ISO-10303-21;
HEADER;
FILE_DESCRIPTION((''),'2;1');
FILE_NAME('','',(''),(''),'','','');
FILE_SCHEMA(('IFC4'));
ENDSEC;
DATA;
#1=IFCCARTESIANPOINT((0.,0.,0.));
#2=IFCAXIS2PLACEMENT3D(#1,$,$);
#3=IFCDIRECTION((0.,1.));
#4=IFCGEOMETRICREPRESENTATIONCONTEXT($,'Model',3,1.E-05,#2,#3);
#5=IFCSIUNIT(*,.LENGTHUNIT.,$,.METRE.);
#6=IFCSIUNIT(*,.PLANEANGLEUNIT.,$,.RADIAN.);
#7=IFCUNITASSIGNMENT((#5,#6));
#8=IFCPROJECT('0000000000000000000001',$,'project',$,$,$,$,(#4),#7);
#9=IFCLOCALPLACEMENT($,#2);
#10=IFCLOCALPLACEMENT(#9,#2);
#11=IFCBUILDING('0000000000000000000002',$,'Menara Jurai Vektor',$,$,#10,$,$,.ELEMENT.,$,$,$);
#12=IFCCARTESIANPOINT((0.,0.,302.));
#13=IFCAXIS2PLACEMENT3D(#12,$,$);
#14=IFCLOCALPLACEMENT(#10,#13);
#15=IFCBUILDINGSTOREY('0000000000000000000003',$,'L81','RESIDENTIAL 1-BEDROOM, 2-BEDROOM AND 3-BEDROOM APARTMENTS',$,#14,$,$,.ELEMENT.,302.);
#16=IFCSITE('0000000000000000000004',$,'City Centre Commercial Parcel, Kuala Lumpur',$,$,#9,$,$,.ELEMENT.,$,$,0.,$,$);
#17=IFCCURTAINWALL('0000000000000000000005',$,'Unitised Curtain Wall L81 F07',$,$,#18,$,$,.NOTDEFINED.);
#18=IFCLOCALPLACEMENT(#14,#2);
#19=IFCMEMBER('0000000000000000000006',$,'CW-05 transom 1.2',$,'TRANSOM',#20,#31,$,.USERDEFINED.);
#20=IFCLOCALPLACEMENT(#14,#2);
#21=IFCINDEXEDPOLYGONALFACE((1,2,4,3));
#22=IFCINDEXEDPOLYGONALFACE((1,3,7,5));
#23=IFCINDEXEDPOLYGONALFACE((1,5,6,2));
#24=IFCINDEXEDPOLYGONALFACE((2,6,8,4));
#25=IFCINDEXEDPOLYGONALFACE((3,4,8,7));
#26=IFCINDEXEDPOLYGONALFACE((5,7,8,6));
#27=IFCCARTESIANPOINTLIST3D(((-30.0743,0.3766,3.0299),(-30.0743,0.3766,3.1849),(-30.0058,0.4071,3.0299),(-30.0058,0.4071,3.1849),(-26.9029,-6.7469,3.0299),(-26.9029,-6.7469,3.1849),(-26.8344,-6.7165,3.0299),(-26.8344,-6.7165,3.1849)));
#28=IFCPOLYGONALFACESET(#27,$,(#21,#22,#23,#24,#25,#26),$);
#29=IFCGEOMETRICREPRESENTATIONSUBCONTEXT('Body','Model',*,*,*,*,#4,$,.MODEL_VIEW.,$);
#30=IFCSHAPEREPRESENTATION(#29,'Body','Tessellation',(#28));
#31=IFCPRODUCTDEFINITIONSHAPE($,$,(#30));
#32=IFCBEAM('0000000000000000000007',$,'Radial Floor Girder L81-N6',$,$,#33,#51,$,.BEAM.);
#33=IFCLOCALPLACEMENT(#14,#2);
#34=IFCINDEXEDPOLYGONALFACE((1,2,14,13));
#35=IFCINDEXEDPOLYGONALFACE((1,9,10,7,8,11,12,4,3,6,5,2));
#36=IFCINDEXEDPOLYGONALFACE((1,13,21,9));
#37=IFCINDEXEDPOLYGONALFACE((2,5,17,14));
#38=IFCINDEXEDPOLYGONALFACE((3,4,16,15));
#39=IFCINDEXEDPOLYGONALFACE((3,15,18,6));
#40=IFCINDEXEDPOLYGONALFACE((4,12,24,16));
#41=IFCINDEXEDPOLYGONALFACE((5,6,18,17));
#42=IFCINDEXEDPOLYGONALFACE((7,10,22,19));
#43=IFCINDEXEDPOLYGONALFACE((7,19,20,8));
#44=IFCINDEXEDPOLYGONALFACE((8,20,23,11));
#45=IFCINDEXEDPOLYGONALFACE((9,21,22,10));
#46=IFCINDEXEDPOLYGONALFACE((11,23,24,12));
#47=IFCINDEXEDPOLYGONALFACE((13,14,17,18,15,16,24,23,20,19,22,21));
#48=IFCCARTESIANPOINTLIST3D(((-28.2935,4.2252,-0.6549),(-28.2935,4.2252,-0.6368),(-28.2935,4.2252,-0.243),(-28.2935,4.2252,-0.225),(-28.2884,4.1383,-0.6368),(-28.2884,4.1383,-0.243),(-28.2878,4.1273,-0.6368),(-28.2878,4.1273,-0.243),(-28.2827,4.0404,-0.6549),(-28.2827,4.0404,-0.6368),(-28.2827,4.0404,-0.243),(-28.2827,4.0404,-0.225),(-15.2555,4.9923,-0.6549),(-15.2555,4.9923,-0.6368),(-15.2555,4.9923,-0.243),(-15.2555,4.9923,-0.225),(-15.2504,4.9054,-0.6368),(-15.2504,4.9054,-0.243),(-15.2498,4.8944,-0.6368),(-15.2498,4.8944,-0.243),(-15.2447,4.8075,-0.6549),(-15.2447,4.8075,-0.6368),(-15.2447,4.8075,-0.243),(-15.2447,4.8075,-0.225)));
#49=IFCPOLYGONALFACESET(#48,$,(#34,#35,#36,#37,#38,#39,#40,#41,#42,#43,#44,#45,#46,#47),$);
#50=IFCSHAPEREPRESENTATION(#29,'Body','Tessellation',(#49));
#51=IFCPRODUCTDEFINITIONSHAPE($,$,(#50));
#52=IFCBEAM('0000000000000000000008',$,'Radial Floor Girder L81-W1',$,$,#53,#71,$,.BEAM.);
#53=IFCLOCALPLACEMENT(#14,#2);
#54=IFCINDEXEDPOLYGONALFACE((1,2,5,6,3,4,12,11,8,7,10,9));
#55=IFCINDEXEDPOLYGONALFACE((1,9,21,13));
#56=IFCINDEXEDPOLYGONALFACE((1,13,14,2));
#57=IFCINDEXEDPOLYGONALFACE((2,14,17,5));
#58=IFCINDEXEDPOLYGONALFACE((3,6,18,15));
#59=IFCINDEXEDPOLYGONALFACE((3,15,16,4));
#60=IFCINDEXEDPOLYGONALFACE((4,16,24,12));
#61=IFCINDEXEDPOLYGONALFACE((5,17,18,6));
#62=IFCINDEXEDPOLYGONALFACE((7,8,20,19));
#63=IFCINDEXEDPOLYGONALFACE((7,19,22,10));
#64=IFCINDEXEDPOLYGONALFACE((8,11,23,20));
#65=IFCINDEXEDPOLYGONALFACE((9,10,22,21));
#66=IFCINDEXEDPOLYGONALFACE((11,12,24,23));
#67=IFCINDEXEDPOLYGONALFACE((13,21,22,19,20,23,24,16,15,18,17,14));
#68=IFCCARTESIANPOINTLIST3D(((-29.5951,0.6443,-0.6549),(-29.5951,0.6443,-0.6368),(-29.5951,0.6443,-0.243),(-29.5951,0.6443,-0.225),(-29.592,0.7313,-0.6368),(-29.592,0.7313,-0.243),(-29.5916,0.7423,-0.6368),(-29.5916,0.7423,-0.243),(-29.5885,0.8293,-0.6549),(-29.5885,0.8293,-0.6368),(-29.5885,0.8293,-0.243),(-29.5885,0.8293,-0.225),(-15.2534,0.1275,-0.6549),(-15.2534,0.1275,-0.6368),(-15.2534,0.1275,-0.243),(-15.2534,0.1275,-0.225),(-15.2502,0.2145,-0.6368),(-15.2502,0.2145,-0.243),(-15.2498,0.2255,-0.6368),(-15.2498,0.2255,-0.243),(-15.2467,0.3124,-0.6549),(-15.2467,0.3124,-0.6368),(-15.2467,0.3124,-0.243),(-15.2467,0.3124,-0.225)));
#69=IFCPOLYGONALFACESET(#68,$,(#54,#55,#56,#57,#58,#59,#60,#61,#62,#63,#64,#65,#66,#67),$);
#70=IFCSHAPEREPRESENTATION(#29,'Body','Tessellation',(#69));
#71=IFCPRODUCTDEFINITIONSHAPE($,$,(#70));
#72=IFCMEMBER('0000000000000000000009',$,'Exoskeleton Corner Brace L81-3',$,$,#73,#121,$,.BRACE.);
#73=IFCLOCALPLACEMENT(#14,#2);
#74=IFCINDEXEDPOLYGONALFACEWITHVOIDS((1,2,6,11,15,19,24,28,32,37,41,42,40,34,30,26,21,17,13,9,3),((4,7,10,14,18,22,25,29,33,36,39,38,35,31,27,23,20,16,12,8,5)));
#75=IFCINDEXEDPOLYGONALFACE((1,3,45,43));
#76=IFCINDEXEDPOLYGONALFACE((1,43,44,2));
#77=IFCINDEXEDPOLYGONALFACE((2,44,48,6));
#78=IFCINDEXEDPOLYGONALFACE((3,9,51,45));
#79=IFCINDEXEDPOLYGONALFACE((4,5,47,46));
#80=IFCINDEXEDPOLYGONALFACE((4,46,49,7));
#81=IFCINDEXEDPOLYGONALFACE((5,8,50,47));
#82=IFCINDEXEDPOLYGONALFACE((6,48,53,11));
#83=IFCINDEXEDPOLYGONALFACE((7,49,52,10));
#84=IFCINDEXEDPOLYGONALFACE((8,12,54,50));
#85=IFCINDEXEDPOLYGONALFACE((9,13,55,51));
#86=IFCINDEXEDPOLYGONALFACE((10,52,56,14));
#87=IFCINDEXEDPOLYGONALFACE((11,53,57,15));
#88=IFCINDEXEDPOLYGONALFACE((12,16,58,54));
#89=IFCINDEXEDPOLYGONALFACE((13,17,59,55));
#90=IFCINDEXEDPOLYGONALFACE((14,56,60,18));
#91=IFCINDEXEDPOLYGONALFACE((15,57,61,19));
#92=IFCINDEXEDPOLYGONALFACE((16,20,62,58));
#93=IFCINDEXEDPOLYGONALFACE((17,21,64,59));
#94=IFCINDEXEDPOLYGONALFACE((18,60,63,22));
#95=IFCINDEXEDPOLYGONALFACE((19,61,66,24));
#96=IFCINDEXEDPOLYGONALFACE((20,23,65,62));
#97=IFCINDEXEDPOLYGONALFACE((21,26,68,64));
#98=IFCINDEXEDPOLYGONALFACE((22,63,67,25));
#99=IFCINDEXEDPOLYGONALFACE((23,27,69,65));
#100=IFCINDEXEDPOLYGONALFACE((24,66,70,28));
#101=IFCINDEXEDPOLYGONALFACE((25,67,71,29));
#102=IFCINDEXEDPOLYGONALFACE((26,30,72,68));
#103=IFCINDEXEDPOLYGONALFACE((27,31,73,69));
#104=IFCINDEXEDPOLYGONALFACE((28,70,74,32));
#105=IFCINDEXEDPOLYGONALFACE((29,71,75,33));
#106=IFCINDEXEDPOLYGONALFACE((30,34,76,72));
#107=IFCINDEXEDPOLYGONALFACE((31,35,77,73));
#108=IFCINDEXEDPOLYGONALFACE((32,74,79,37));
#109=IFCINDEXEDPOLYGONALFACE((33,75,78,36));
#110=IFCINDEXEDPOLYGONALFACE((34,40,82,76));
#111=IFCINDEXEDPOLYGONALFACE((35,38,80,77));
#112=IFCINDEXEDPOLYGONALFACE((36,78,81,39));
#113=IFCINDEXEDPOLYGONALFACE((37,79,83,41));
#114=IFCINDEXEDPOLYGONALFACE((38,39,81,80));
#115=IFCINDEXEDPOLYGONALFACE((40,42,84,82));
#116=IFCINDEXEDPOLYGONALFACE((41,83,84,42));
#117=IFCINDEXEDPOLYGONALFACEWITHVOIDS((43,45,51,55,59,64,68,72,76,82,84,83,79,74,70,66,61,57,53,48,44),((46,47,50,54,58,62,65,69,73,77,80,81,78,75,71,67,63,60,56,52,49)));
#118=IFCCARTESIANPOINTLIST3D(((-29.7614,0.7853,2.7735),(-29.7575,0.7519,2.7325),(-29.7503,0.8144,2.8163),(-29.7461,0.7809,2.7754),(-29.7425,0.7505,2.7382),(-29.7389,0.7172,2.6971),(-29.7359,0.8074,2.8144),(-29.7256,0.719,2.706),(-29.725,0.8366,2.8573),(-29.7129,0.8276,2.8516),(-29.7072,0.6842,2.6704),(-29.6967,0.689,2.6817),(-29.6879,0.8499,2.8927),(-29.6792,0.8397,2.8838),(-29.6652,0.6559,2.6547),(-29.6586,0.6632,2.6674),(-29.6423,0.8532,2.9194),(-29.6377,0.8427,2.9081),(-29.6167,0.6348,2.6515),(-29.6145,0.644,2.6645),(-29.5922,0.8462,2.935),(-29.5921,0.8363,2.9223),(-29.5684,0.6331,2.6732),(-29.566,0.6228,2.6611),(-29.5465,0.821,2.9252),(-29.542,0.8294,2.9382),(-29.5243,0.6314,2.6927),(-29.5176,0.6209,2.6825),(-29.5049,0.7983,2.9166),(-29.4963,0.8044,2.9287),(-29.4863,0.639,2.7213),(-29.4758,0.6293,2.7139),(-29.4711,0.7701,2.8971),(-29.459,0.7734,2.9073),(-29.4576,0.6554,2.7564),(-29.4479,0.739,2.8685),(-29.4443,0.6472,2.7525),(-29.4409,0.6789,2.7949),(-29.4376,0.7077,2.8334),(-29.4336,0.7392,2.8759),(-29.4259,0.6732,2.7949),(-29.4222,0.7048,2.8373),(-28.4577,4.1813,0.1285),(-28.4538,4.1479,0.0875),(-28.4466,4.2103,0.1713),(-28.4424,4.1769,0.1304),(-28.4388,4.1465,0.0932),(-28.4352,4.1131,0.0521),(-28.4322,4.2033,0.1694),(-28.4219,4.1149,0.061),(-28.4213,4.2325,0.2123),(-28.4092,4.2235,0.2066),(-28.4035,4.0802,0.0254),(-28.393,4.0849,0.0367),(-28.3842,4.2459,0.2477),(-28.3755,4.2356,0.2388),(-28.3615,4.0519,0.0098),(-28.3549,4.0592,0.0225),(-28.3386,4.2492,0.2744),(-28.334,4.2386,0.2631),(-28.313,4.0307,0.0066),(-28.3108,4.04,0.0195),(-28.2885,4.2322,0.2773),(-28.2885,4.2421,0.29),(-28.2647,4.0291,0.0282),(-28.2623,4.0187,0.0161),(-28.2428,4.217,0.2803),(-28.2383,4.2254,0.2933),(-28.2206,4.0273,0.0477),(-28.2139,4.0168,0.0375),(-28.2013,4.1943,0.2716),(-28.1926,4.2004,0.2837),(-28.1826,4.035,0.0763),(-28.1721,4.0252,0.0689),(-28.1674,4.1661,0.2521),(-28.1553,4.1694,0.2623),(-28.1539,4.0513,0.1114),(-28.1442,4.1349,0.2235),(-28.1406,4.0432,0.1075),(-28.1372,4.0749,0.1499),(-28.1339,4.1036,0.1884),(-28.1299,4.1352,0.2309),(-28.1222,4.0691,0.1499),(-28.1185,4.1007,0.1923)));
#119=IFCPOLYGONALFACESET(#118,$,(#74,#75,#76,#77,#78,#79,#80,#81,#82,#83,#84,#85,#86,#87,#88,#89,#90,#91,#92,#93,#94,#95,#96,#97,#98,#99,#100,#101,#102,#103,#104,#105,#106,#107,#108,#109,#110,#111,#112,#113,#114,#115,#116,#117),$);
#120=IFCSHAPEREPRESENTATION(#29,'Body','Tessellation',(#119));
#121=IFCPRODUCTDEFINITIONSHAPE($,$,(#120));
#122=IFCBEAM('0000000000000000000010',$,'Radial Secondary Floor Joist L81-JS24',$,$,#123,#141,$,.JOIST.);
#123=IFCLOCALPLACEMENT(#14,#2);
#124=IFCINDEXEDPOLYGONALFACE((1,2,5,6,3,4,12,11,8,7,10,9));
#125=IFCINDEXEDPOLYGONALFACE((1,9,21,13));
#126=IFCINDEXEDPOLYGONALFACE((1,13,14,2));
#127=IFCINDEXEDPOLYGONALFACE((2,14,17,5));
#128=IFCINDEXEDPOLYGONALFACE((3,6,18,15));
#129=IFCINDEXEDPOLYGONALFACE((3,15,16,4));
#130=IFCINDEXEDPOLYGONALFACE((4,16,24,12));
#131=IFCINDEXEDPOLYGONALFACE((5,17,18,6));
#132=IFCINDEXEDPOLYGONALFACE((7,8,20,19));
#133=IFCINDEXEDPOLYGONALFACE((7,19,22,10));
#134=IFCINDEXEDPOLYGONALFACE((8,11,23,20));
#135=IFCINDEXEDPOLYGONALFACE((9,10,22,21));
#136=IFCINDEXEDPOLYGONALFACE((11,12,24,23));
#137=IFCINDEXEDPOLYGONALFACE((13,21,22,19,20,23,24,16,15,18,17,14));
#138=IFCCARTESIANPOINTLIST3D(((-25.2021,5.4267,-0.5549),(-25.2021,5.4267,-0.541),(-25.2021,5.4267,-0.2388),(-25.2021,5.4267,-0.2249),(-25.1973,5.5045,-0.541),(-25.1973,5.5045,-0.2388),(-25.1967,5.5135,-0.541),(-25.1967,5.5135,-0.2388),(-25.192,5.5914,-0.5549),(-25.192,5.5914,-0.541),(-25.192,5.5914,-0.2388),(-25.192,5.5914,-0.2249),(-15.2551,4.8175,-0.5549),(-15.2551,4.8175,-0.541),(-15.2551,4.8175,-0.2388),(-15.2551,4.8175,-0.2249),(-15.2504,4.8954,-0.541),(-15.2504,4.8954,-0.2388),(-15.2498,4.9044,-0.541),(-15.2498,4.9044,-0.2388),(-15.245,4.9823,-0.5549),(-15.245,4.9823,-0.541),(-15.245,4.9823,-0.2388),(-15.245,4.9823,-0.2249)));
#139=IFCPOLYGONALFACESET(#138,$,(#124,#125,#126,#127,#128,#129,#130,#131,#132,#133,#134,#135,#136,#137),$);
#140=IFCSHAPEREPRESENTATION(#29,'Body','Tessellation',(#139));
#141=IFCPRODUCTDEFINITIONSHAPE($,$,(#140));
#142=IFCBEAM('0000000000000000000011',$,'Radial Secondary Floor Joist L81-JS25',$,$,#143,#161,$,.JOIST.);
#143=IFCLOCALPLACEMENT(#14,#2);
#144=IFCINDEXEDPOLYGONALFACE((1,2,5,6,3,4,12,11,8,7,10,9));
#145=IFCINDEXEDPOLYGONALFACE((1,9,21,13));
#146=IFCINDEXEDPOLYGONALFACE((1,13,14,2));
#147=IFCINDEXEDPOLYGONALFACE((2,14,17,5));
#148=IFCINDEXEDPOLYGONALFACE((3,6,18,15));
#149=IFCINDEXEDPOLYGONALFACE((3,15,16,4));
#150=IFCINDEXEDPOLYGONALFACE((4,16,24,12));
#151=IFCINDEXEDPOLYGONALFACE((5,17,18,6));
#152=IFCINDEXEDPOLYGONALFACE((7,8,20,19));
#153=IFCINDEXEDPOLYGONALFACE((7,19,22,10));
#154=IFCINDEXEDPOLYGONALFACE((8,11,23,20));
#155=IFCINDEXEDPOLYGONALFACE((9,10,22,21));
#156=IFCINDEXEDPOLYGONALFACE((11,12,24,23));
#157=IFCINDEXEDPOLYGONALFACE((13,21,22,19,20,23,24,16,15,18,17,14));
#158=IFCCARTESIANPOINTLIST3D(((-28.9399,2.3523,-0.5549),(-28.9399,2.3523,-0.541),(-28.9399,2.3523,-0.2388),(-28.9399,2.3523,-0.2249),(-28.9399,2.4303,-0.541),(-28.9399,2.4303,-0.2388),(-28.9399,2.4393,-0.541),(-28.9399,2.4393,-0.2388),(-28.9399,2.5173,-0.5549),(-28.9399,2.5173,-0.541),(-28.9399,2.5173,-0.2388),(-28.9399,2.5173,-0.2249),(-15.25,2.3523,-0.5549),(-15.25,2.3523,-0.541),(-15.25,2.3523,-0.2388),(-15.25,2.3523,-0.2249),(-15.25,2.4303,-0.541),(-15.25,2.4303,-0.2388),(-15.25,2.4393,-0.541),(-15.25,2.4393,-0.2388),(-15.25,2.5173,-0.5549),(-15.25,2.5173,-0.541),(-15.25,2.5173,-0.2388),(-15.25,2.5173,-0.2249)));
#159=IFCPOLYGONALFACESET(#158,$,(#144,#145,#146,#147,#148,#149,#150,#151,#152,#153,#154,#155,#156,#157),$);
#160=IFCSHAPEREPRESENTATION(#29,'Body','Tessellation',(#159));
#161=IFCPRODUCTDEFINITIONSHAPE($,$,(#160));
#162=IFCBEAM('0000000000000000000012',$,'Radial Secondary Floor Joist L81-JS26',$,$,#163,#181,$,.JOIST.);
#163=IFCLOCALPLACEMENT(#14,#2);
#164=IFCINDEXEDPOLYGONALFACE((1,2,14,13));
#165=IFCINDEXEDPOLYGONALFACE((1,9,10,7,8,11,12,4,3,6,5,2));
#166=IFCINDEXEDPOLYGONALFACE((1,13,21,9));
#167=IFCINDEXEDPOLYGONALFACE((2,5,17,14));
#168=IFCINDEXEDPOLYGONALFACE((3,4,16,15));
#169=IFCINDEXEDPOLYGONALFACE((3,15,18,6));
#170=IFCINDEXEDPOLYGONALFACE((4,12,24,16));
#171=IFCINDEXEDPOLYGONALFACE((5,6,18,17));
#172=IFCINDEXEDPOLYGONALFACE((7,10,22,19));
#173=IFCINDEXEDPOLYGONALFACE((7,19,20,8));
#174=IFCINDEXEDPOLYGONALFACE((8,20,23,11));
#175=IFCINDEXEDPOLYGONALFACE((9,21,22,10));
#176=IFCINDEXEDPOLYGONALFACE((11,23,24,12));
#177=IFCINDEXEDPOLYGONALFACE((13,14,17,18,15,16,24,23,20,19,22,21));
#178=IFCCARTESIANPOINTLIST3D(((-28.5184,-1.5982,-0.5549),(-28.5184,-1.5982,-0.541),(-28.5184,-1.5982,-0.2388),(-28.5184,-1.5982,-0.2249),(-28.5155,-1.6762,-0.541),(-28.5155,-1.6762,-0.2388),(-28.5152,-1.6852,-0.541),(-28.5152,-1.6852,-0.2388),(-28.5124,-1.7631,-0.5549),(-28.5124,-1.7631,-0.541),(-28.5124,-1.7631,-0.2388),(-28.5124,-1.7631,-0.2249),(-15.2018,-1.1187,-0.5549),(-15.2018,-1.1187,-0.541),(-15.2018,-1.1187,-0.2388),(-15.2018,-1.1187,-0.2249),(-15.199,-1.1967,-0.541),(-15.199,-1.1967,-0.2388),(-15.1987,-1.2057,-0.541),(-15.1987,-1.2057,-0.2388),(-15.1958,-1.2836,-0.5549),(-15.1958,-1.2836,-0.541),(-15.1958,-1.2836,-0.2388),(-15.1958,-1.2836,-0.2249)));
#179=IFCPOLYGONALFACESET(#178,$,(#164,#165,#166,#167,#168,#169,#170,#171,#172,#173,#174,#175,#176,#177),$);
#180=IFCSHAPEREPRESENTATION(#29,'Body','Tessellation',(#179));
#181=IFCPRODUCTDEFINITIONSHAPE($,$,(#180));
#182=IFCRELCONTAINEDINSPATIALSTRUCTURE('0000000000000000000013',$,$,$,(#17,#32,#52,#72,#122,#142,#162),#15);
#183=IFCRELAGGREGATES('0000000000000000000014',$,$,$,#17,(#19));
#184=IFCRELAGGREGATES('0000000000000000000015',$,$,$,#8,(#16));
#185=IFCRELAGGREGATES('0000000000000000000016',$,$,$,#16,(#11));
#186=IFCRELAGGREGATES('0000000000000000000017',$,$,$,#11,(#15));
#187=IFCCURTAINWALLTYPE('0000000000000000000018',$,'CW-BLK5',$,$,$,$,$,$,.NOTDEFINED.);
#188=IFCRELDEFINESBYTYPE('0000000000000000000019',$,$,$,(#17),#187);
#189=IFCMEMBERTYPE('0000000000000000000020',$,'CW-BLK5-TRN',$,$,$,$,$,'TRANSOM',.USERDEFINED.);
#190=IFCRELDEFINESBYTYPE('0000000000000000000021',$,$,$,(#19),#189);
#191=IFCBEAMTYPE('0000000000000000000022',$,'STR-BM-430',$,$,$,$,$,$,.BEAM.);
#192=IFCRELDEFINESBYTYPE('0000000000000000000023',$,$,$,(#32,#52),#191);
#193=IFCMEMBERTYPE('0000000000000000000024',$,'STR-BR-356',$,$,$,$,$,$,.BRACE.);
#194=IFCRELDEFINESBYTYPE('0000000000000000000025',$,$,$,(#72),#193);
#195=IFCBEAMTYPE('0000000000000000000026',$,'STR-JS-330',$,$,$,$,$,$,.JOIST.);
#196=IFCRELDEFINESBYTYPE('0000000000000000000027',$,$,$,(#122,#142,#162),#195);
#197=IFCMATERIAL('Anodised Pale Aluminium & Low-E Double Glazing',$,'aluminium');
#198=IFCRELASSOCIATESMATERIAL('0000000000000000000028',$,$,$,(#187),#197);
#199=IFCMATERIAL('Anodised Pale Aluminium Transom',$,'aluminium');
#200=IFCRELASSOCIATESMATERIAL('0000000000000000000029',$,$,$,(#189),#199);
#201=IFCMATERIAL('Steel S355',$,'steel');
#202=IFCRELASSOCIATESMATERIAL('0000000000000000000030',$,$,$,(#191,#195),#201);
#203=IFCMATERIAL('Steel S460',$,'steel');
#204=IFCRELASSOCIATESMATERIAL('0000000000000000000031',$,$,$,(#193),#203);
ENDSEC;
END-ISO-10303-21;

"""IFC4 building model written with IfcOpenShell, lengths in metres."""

from ifc_helpers import new_model, si_unit, direction, frame, origin, origin_2d, place, context, subcontext, project, spatial, rectangle, hollow_circle, i_section, extrude, material, material_profile, profile_set, type_object, element, aggregate, save


model = new_model("IFC4")

# Units and contexts
model_context = context("Model", 3, precision=1e-05, world=origin(), true_north=direction((0.0, 1.0)))
body_context = subcontext(model_context, "Body", "Model", "MODEL_VIEW")
ifc_project = project(units=[si_unit("LENGTHUNIT", "METRE"), si_unit("PLANEANGLEUNIT", "RADIAN")], contexts=[model_context])

# Site, building, storey
site_placement = place(None, origin())
site = spatial("IfcSite", under=ifc_project, at=site_placement, Name="City Centre Commercial Parcel, Kuala Lumpur", CompositionType="ELEMENT", RefElevation=0.0)
building_placement = place(site_placement, origin())
building = spatial("IfcBuilding", under=site, at=building_placement, Name="Menara Jurai Vektor", CompositionType="ELEMENT")
storey_placement = place(building_placement, frame((0.0, 0.0, 302.0)))
storey = spatial("IfcBuildingStorey", under=building, at=storey_placement, Name="L81", Description="RESIDENTIAL 1-BEDROOM, 2-BEDROOM AND 3-BEDROOM APARTMENTS", CompositionType="ELEMENT", Elevation=302.0)

# Shared definitions
ifc_material_1 = material(Name="Steel S460", Category="steel")

# Shared definitions
ifc_material_2 = material(Name="Anodised Pale Aluminium & Low-E Double Glazing", Category="aluminium")
curtain_wall_type = type_object("IfcCurtainWallType", Name="CW-BLK5", PredefinedType="NOTDEFINED", material=ifc_material_2)

# Curtain wall
curtain_wall_1_placement = place(storey_placement, origin())
curtain_wall_1 = element("IfcCurtainWall", 1, at=curtain_wall_1_placement, inside=storey, type_object=curtain_wall_type, Name="Unitised Curtain Wall L81 F07", PredefinedType="NOTDEFINED")

# Member
ifc_material_3 = material(Name="Anodised Pale Aluminium Transom", Category="aluminium")
ifc_material_profile_1 = material_profile(ifc_material_3, rectangle(XDim=0.075, YDim=0.155, at=origin_2d()), Name="ALU TRN 75x155")
ifc_profile_set_1 = profile_set([ifc_material_profile_1], Name="Anodised Pale Aluminium Transom")
member_type_1 = type_object("IfcMemberType", Name="CW-BLK5-TRN", ElementType="TRANSOM", PredefinedType="USERDEFINED", material=ifc_profile_set_1)
member_1_placement = place(storey_placement, frame((-30.04, 0.3918, 3.1074), z_axis=(0.406714, -0.913556, 0.0), x_axis=(0.913556, 0.406714, 0.0)))
member_1 = element("IfcMember", 2, at=member_1_placement, type_object=member_type_1, Name="CW-05 transom 1.2", ObjectType="TRANSOM", PredefinedType="USERDEFINED", context=body_context, shape_type="SweptSolid", body=[
    extrude(rectangle(XDim=0.075, YDim=0.155, at=origin_2d()), origin(), (0.0, 0.0, 1.0), 7.7976),
])

# Beams
ifc_material_4 = material(Name="Steel S355", Category="steel")
ifc_material_profile_2 = material_profile(ifc_material_4, i_section(OverallWidth=0.1851, OverallDepth=0.4299, WebThickness=0.011, FlangeThickness=0.0181, at=origin_2d()), Name="PG 430x185x76")
ifc_profile_set_2 = profile_set([ifc_material_profile_2], Name="Steel S355")
beam_type_1 = type_object("IfcBeamType", Name="STR-BM-430", PredefinedType="BEAM", material=ifc_profile_set_2)
beam_1_placement = place(storey_placement, frame((-28.2881, 4.1328, -0.4399), z_axis=(0.998274, 0.058733, 0.0), x_axis=(-0.058733, 0.998274, 0.0)))
element("IfcBeam", 3, at=beam_1_placement, inside=storey, type_object=beam_type_1, Name="Radial Floor Girder L81-N6", PredefinedType="BEAM", context=body_context, shape_type="SweptSolid", body=[
    extrude(i_section(OverallWidth=0.1851, OverallDepth=0.4299, WebThickness=0.011, FlangeThickness=0.0181, at=origin_2d()), origin(), (0.0, 0.0, 1.0), 13.0605),
])
beam_2_placement = place(storey_placement, frame((-29.5918, 0.7368, -0.4399), z_axis=(0.999351, -0.036014, 0.0), x_axis=(0.036014, 0.999351, 0.0)))
element("IfcBeam", 4, at=beam_2_placement, inside=storey, type_object=beam_type_1, Name="Radial Floor Girder L81-W1", PredefinedType="BEAM", context=body_context, shape_type="SweptSolid", body=[
    extrude(i_section(OverallWidth=0.1851, OverallDepth=0.4299, WebThickness=0.011, FlangeThickness=0.0181, at=origin_2d()), origin(), (0.0, 0.0, 1.0), 14.3511),
])

# Member
ifc_material_profile_3 = material_profile(ifc_material_1, hollow_circle(Radius=0.1777, WallThickness=0.0161, at=origin_2d()), Name="CHS 355.6x16")
ifc_profile_set_3 = profile_set([ifc_material_profile_3], Name="Steel S460")
member_type_2 = type_object("IfcMemberType", Name="STR-BR-356", PredefinedType="BRACE", material=ifc_profile_set_3)
member_2_placement = place(storey_placement, frame((-28.2881, 4.1328, 0.1499), z_axis=(-0.289867, -0.755065, 0.588093), x_axis=(0.93357, -0.358394, 0.0)))
element("IfcMember", 5, at=member_2_placement, inside=storey, type_object=member_type_2, Name="Exoskeleton Corner Brace L81-3", PredefinedType="BRACE", context=body_context, shape_type="SweptSolid", body=[
    extrude(hollow_circle(Radius=0.1777, WallThickness=0.0161, at=origin_2d()), origin(), (0.0, 0.0, 1.0), 4.4976),
])

# Beams
ifc_material_profile_4 = material_profile(ifc_material_4, i_section(OverallWidth=0.165, OverallDepth=0.3301, WebThickness=0.009, FlangeThickness=0.0139, at=origin_2d()), Name="PG 330x165x46")
ifc_profile_set_4 = profile_set([ifc_material_profile_4], Name="Steel S355")
beam_type_2 = type_object("IfcBeamType", Name="STR-JS-330", PredefinedType="JOIST", material=ifc_profile_set_4)
beam_3_placement = place(storey_placement, frame((-25.197, 5.509, -0.3899), z_axis=(0.99813, -0.061123, 0.0), x_axis=(0.061123, 0.99813, 0.0)))
element("IfcBeam", 6, at=beam_3_placement, inside=storey, type_object=beam_type_2, Name="Radial Secondary Floor Joist L81-JS24", PredefinedType="JOIST", context=body_context, shape_type="SweptSolid", body=[
    extrude(i_section(OverallWidth=0.165, OverallDepth=0.3301, WebThickness=0.009, FlangeThickness=0.0139, at=origin_2d()), origin(), (0.0, 0.0, 1.0), 9.9656),
])
beam_4_placement = place(storey_placement, frame((-28.9399, 2.4348, -0.3899), z_axis=(1.0, 0.0, 0.0), x_axis=(0.0, 1.0, 0.0)))
element("IfcBeam", 7, at=beam_4_placement, inside=storey, type_object=beam_type_2, Name="Radial Secondary Floor Joist L81-JS25", PredefinedType="JOIST", context=body_context, shape_type="SweptSolid", body=[
    extrude(i_section(OverallWidth=0.165, OverallDepth=0.3301, WebThickness=0.009, FlangeThickness=0.0139, at=origin_2d()), origin(), (0.0, 0.0, 1.0), 13.6899),
])
beam_5_placement = place(storey_placement, frame((-28.5154, -1.6807, -0.3899), z_axis=(0.999352, 0.035984, 0.0), x_axis=(-0.035984, 0.999352, 0.0)))
element("IfcBeam", 8, at=beam_5_placement, inside=storey, type_object=beam_type_2, Name="Radial Secondary Floor Joist L81-JS26", PredefinedType="JOIST", context=body_context, shape_type="SweptSolid", body=[
    extrude(i_section(OverallWidth=0.165, OverallDepth=0.3301, WebThickness=0.009, FlangeThickness=0.0139, at=origin_2d()), origin(), (0.0, 0.0, 1.0), 13.3252),
])

aggregate(curtain_wall_1, [member_1])

save(model, "model.ifc")
